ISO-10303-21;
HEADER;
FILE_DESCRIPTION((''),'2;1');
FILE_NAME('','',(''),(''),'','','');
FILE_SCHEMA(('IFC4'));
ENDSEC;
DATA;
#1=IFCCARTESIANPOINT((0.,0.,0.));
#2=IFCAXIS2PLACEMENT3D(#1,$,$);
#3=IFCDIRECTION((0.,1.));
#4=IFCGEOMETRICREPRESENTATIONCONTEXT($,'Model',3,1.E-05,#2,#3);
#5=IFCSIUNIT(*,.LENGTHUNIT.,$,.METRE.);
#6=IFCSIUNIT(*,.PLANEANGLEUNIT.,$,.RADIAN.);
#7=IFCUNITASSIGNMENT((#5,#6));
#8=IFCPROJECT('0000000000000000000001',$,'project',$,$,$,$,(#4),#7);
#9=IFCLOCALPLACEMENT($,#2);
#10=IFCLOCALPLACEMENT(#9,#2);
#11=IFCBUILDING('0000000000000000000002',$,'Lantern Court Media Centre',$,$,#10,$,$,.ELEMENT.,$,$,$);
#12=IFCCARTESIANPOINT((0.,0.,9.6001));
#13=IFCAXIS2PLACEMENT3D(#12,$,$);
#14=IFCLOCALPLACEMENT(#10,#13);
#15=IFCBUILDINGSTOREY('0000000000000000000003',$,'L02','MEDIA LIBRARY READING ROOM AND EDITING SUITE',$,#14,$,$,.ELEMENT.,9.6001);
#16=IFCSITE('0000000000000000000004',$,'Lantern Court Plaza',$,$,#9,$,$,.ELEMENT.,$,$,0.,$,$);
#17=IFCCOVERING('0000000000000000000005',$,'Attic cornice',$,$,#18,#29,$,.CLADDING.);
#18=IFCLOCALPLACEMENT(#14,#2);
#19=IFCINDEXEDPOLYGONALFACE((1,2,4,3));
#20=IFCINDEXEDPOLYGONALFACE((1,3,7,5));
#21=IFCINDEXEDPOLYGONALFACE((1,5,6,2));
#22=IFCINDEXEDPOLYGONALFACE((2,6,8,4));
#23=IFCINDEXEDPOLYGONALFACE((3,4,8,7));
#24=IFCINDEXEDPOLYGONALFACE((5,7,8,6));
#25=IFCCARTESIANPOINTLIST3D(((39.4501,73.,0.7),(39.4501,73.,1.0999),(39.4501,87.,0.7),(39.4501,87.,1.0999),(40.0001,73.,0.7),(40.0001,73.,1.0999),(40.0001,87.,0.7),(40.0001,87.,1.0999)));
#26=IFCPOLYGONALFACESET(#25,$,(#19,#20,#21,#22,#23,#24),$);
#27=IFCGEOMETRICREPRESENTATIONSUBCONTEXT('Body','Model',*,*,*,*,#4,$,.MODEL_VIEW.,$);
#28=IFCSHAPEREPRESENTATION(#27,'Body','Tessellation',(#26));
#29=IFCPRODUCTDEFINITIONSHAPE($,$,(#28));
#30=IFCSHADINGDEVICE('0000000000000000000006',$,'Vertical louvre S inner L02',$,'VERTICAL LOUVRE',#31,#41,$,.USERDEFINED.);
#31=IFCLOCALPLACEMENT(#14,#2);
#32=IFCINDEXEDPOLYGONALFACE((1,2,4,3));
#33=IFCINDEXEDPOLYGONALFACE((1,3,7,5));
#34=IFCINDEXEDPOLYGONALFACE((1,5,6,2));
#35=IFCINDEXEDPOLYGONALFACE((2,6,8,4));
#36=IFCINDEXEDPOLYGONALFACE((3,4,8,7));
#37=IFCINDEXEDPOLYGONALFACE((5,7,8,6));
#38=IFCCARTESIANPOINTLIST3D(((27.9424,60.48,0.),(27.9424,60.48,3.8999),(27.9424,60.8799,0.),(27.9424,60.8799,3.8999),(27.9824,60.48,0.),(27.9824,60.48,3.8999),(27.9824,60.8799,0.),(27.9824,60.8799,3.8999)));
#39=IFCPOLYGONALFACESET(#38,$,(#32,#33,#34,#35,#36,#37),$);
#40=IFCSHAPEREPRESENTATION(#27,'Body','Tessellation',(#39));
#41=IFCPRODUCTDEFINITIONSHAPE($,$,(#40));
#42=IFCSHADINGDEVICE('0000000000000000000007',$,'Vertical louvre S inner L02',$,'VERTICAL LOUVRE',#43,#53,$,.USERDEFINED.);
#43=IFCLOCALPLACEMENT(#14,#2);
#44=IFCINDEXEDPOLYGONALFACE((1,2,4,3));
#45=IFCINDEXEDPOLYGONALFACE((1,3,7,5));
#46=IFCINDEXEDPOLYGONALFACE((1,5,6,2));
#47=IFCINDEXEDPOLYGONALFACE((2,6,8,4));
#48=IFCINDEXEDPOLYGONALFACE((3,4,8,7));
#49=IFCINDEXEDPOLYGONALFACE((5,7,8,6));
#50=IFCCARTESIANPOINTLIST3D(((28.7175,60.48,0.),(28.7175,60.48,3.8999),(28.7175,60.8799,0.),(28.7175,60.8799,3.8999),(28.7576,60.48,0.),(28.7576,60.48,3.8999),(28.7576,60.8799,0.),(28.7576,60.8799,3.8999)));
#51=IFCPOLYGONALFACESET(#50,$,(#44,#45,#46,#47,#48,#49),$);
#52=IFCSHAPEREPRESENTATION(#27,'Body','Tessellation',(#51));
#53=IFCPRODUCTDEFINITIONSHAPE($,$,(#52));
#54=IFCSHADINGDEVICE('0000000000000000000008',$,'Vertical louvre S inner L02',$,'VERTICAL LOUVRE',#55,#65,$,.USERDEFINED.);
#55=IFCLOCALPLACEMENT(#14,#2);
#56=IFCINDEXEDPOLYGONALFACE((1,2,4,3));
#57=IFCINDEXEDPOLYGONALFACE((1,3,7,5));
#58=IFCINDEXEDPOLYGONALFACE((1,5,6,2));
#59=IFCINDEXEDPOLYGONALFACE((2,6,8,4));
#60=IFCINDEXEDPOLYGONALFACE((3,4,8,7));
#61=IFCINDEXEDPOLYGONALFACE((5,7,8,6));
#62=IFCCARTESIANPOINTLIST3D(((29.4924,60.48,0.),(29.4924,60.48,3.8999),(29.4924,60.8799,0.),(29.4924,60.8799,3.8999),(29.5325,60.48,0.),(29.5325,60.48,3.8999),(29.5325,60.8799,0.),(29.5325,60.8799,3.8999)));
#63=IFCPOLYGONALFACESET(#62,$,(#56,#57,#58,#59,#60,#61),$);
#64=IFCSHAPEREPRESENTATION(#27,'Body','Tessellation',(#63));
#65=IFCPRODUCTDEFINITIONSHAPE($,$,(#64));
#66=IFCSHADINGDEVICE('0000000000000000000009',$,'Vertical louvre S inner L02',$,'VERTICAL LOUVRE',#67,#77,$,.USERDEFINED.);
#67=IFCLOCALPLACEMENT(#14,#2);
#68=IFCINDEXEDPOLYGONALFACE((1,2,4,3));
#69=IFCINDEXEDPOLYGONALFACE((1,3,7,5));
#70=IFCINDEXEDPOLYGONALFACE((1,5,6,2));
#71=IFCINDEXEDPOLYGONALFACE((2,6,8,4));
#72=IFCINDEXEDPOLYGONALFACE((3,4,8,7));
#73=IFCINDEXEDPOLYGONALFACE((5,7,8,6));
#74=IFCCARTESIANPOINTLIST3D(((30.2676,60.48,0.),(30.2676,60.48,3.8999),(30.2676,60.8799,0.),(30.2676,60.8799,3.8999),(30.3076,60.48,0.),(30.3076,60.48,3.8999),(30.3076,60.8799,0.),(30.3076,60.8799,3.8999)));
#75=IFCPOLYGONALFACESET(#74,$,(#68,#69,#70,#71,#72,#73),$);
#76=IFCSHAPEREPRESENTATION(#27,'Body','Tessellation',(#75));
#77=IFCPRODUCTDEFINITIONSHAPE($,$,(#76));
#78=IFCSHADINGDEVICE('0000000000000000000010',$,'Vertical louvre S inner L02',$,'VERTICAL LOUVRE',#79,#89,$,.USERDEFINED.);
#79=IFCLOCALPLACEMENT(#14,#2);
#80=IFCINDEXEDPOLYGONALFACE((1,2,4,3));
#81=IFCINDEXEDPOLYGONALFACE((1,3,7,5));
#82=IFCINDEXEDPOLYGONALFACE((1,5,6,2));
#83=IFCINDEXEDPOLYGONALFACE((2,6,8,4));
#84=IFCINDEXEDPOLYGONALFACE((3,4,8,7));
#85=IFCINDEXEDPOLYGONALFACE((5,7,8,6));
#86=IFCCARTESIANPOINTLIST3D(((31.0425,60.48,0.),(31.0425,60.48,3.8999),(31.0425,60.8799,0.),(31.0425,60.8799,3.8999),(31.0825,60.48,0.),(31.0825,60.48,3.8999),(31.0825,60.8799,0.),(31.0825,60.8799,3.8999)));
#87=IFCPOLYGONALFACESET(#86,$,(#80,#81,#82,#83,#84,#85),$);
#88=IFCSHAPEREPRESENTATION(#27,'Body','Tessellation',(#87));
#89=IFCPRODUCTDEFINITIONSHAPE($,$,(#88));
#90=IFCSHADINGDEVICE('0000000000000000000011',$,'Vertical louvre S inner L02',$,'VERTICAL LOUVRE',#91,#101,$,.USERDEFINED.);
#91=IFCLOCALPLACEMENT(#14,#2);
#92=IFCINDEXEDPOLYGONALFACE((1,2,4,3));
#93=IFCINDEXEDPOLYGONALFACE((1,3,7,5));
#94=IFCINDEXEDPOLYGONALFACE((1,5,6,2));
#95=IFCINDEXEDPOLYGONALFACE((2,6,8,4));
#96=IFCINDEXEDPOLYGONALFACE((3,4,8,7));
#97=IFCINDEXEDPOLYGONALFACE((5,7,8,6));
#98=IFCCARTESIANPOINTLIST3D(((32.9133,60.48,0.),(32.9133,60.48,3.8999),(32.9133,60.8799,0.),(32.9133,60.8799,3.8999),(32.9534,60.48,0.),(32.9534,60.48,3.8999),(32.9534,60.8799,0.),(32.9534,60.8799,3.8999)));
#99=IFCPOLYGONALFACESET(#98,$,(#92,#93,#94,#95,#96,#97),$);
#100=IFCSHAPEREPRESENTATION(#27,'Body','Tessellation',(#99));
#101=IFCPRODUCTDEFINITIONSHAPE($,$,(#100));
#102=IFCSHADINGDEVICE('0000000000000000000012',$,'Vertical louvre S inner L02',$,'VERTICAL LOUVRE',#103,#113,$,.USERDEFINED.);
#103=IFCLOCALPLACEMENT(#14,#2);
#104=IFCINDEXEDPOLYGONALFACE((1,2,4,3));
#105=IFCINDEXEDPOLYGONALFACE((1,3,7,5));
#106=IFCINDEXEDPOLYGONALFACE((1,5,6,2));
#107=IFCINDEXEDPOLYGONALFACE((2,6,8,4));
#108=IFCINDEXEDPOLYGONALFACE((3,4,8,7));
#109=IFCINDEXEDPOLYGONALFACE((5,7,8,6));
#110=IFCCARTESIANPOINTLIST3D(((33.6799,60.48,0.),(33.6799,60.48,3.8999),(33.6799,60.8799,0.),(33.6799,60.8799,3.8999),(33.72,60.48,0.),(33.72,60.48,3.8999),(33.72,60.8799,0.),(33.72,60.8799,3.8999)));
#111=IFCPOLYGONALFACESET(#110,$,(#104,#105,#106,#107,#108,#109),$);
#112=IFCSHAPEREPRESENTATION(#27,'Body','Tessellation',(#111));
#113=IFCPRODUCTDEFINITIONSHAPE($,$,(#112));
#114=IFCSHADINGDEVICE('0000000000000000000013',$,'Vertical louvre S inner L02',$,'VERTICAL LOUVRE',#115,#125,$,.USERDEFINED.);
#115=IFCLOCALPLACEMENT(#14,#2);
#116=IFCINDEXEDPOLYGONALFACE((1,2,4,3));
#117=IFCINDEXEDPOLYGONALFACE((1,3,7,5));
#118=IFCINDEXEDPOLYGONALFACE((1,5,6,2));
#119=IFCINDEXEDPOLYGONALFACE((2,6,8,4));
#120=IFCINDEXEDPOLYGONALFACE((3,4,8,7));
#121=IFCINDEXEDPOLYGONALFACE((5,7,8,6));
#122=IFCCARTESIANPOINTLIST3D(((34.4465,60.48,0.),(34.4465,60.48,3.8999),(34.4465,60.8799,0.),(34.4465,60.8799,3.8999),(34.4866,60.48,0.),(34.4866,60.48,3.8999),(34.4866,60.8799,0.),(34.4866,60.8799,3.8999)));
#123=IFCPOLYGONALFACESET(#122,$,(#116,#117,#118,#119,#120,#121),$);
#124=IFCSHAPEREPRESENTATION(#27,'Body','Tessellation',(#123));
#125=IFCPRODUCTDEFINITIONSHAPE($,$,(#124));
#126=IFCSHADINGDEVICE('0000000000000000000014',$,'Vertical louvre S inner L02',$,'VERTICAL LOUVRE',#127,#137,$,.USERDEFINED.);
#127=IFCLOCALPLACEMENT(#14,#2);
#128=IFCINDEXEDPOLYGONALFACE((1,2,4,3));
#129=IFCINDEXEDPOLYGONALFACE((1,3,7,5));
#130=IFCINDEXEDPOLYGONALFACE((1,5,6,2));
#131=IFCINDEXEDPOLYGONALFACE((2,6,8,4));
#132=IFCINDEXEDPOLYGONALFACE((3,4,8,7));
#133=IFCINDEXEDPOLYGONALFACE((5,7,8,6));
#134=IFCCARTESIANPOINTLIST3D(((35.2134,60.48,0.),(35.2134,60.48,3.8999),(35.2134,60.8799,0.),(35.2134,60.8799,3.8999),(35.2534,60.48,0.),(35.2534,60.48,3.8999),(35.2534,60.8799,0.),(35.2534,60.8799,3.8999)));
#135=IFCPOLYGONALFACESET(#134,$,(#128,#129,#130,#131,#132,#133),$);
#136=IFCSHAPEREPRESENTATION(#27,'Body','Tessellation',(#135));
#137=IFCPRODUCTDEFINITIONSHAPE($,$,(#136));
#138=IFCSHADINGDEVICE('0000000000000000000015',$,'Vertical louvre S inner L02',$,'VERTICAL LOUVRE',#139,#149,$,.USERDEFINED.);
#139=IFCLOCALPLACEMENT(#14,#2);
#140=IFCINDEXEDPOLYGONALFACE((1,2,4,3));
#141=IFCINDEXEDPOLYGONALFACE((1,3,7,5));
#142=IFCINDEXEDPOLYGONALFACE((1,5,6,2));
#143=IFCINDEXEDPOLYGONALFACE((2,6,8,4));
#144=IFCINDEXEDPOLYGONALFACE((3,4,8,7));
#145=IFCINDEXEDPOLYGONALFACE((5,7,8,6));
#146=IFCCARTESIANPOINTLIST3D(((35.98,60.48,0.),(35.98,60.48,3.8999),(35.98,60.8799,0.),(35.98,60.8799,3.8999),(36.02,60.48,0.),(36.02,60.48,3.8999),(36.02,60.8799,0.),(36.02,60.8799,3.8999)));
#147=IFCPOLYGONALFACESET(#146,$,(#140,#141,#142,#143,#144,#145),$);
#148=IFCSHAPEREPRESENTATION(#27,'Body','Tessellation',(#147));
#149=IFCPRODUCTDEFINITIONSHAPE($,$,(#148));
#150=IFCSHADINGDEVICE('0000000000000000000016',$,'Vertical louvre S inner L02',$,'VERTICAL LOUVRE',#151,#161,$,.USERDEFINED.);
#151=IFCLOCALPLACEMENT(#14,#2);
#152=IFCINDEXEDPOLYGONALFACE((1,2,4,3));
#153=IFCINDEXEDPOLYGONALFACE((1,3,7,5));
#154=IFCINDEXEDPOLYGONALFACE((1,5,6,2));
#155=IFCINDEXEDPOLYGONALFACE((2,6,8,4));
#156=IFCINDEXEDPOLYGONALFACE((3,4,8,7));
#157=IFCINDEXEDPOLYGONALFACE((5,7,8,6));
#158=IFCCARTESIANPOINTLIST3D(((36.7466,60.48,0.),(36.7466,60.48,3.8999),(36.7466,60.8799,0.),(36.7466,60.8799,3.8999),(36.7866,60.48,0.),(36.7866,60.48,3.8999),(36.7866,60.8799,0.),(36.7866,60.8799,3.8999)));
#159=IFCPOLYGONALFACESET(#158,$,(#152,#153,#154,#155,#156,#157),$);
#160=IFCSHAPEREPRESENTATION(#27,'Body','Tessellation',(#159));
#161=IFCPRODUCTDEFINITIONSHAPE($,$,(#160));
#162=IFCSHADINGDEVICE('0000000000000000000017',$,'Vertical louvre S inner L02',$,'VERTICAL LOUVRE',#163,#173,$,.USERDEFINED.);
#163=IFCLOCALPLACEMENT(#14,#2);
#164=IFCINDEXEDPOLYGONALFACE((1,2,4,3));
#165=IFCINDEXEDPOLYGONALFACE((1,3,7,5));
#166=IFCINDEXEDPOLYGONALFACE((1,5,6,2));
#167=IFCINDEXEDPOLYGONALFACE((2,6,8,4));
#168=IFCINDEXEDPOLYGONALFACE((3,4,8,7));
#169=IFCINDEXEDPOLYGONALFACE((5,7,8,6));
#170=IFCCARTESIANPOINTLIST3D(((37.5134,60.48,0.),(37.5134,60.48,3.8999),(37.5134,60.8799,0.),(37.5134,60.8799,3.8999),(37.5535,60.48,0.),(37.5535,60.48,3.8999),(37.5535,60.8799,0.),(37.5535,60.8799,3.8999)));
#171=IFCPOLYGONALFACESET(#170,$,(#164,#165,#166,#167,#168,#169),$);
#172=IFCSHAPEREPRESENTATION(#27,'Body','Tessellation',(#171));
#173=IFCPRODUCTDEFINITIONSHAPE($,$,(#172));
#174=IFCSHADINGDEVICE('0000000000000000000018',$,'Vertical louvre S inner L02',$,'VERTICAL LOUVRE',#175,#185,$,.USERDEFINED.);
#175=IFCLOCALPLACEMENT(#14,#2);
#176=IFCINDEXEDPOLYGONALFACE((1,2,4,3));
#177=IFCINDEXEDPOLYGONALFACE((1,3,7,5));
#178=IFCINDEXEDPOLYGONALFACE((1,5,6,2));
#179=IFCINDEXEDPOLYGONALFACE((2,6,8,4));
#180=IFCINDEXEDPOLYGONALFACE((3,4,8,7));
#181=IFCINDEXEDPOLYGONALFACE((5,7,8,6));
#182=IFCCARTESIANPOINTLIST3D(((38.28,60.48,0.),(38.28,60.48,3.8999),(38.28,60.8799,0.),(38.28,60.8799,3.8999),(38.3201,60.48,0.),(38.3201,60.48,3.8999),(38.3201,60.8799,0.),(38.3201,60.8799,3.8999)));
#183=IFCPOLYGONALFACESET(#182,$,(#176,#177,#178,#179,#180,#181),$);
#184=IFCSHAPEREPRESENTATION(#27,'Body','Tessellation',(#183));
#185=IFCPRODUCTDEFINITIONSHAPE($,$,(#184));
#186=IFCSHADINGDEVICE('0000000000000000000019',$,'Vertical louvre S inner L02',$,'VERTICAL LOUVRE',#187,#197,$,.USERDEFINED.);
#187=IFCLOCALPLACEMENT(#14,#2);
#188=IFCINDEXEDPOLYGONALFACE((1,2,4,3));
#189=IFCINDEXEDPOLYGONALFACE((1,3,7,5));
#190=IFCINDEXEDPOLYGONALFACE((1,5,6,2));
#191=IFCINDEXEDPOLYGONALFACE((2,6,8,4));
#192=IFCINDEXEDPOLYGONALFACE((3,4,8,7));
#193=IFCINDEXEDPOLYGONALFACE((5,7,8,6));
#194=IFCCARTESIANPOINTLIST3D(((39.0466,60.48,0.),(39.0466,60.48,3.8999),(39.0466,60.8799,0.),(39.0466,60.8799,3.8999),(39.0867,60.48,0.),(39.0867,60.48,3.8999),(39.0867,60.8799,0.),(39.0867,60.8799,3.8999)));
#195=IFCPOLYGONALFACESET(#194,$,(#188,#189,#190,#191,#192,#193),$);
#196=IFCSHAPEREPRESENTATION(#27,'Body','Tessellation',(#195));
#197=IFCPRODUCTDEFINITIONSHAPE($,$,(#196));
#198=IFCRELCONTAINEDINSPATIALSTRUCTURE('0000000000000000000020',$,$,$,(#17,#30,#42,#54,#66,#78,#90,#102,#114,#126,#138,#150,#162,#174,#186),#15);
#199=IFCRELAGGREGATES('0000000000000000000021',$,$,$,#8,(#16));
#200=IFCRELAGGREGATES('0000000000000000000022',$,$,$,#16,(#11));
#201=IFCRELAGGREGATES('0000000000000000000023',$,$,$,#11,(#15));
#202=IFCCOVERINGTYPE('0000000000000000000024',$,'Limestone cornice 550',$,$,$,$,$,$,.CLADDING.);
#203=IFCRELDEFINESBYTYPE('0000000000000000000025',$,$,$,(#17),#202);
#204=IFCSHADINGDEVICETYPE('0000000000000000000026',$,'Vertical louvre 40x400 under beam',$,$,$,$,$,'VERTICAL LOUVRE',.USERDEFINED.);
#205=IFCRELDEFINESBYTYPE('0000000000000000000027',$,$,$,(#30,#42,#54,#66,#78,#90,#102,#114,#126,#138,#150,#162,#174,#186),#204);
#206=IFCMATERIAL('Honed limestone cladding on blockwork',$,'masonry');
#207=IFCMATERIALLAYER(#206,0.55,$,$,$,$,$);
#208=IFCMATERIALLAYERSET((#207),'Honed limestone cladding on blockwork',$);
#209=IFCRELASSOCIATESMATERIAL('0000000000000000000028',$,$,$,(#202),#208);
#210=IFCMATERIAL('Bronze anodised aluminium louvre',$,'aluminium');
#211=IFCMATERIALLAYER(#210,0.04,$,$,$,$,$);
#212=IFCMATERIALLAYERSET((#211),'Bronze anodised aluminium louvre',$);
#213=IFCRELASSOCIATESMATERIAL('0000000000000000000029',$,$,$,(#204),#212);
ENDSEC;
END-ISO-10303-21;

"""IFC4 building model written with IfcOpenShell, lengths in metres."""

from ifc_helpers import new_model, si_unit, direction, frame, frame_2d, origin, origin_2d, place, context, subcontext, project, spatial, rectangle, extrude, material, layer, layer_set, type_object, element, save


model = new_model("IFC4")

# Units and contexts
model_context = context("Model", 3, precision=1e-05, world=origin(), true_north=direction((0.0, 1.0)))
body_context = subcontext(model_context, "Body", "Model", "MODEL_VIEW")
ifc_project = project(units=[si_unit("LENGTHUNIT", "METRE"), si_unit("PLANEANGLEUNIT", "RADIAN")], contexts=[model_context])

# Site, building, storey
site_placement = place(None, origin())
site = spatial("IfcSite", under=ifc_project, at=site_placement, Name="Lantern Court Plaza", CompositionType="ELEMENT", RefElevation=0.0)
building_placement = place(site_placement, origin())
building = spatial("IfcBuilding", under=site, at=building_placement, Name="Lantern Court Media Centre", CompositionType="ELEMENT")
storey_placement = place(building_placement, frame((0.0, 0.0, 9.6001)))
storey = spatial("IfcBuildingStorey", under=building, at=storey_placement, Name="L02", Description="MEDIA LIBRARY READING ROOM AND EDITING SUITE", CompositionType="ELEMENT", Elevation=9.6001)

# Covering
ifc_material_1 = material(Name="Honed limestone cladding on blockwork", Category="masonry")
ifc_layer_1 = layer(ifc_material_1, 0.55)
ifc_layer_set_1 = layer_set([ifc_layer_1], Name="Honed limestone cladding on blockwork")
covering_type = type_object("IfcCoveringType", Name="Limestone cornice 550", PredefinedType="CLADDING", material=ifc_layer_set_1)
covering_placement = place(storey_placement, frame((39.7251, 73.0, 0.7), z_axis=(0.0, 0.0, 1.0), x_axis=(0.0, 1.0, 0.0)))
element("IfcCovering", 1, at=covering_placement, inside=storey, type_object=covering_type, Name="Attic cornice", PredefinedType="CLADDING", context=body_context, shape_type="SweptSolid", body=[
    extrude(rectangle(XDim=14.0, YDim=0.55, at=frame_2d((7.0, 0.0))), origin(), (0.0, 0.0, 1.0), 0.3999),
])

# Shading devices
ifc_material_2 = material(Name="Bronze anodised aluminium louvre", Category="aluminium")
ifc_layer_2 = layer(ifc_material_2, 0.04)
ifc_layer_set_2 = layer_set([ifc_layer_2], Name="Bronze anodised aluminium louvre")
shading_device_type = type_object("IfcShadingDeviceType", Name="Vertical louvre 40x400 under beam", ElementType="VERTICAL LOUVRE", PredefinedType="USERDEFINED", material=ifc_layer_set_2)
for number, where, z_axis, x_axis, name in (
    (2, (27.9624, 60.6799, 0.0), (0.0, 0.0, 1.0), (1.0, 0.0, 0.0), "Vertical louvre S inner L02"),
    (3, (28.7375, 60.6799, 0.0), (0.0, 0.0, 1.0), (1.0, 0.0, 0.0), "Vertical louvre S inner L02"),
    (4, (29.5125, 60.6799, 0.0), (0.0, 0.0, 1.0), (1.0, 0.0, 0.0), "Vertical louvre S inner L02"),
    (5, (30.2876, 60.6799, 0.0), (0.0, 0.0, 1.0), (1.0, 0.0, 0.0), "Vertical louvre S inner L02"),
    (6, (31.0625, 60.6799, 0.0), (0.0, 0.0, 1.0), (1.0, 0.0, 0.0), "Vertical louvre S inner L02"),
    (7, (32.9333, 60.6799, 0.0), (0.0, 0.0, 1.0), (1.0, 0.0, 0.0), "Vertical louvre S inner L02"),
    (8, (33.7, 60.6799, 0.0), (0.0, 0.0, 1.0), (1.0, 0.0, 0.0), "Vertical louvre S inner L02"),
    (9, (34.4666, 60.6799, 0.0), (0.0, 0.0, 1.0), (1.0, 0.0, 0.0), "Vertical louvre S inner L02"),
    (10, (35.2334, 60.6799, 0.0), (0.0, 0.0, 1.0), (1.0, 0.0, 0.0), "Vertical louvre S inner L02"),
    (11, (36.0, 60.6799, 0.0), (0.0, 0.0, 1.0), (1.0, 0.0, 0.0), "Vertical louvre S inner L02"),
    (12, (36.7666, 60.6799, 0.0), (0.0, 0.0, 1.0), (1.0, 0.0, 0.0), "Vertical louvre S inner L02"),
    (13, (37.5334, 60.6799, 0.0), (0.0, 0.0, 1.0), (1.0, 0.0, 0.0), "Vertical louvre S inner L02"),
    (14, (38.3, 60.6799, 0.0), (0.0, 0.0, 1.0), (1.0, 0.0, 0.0), "Vertical louvre S inner L02"),
    (15, (39.0667, 60.6799, 0.0), (0.0, 0.0, 1.0), (1.0, 0.0, 0.0), "Vertical louvre S inner L02"),
):
    element("IfcShadingDevice", number, at=place(storey_placement, frame(where, z_axis=z_axis, x_axis=x_axis)), inside=storey, type_object=shading_device_type, Name=name, ObjectType="VERTICAL LOUVRE", PredefinedType="USERDEFINED", context=body_context, shape_type="SweptSolid", body=[
        extrude(rectangle(XDim=0.04, YDim=0.3999, at=origin_2d()), origin(), (0.0, 0.0, 1.0), 3.8999),
    ])

save(model, "model.ifc")
